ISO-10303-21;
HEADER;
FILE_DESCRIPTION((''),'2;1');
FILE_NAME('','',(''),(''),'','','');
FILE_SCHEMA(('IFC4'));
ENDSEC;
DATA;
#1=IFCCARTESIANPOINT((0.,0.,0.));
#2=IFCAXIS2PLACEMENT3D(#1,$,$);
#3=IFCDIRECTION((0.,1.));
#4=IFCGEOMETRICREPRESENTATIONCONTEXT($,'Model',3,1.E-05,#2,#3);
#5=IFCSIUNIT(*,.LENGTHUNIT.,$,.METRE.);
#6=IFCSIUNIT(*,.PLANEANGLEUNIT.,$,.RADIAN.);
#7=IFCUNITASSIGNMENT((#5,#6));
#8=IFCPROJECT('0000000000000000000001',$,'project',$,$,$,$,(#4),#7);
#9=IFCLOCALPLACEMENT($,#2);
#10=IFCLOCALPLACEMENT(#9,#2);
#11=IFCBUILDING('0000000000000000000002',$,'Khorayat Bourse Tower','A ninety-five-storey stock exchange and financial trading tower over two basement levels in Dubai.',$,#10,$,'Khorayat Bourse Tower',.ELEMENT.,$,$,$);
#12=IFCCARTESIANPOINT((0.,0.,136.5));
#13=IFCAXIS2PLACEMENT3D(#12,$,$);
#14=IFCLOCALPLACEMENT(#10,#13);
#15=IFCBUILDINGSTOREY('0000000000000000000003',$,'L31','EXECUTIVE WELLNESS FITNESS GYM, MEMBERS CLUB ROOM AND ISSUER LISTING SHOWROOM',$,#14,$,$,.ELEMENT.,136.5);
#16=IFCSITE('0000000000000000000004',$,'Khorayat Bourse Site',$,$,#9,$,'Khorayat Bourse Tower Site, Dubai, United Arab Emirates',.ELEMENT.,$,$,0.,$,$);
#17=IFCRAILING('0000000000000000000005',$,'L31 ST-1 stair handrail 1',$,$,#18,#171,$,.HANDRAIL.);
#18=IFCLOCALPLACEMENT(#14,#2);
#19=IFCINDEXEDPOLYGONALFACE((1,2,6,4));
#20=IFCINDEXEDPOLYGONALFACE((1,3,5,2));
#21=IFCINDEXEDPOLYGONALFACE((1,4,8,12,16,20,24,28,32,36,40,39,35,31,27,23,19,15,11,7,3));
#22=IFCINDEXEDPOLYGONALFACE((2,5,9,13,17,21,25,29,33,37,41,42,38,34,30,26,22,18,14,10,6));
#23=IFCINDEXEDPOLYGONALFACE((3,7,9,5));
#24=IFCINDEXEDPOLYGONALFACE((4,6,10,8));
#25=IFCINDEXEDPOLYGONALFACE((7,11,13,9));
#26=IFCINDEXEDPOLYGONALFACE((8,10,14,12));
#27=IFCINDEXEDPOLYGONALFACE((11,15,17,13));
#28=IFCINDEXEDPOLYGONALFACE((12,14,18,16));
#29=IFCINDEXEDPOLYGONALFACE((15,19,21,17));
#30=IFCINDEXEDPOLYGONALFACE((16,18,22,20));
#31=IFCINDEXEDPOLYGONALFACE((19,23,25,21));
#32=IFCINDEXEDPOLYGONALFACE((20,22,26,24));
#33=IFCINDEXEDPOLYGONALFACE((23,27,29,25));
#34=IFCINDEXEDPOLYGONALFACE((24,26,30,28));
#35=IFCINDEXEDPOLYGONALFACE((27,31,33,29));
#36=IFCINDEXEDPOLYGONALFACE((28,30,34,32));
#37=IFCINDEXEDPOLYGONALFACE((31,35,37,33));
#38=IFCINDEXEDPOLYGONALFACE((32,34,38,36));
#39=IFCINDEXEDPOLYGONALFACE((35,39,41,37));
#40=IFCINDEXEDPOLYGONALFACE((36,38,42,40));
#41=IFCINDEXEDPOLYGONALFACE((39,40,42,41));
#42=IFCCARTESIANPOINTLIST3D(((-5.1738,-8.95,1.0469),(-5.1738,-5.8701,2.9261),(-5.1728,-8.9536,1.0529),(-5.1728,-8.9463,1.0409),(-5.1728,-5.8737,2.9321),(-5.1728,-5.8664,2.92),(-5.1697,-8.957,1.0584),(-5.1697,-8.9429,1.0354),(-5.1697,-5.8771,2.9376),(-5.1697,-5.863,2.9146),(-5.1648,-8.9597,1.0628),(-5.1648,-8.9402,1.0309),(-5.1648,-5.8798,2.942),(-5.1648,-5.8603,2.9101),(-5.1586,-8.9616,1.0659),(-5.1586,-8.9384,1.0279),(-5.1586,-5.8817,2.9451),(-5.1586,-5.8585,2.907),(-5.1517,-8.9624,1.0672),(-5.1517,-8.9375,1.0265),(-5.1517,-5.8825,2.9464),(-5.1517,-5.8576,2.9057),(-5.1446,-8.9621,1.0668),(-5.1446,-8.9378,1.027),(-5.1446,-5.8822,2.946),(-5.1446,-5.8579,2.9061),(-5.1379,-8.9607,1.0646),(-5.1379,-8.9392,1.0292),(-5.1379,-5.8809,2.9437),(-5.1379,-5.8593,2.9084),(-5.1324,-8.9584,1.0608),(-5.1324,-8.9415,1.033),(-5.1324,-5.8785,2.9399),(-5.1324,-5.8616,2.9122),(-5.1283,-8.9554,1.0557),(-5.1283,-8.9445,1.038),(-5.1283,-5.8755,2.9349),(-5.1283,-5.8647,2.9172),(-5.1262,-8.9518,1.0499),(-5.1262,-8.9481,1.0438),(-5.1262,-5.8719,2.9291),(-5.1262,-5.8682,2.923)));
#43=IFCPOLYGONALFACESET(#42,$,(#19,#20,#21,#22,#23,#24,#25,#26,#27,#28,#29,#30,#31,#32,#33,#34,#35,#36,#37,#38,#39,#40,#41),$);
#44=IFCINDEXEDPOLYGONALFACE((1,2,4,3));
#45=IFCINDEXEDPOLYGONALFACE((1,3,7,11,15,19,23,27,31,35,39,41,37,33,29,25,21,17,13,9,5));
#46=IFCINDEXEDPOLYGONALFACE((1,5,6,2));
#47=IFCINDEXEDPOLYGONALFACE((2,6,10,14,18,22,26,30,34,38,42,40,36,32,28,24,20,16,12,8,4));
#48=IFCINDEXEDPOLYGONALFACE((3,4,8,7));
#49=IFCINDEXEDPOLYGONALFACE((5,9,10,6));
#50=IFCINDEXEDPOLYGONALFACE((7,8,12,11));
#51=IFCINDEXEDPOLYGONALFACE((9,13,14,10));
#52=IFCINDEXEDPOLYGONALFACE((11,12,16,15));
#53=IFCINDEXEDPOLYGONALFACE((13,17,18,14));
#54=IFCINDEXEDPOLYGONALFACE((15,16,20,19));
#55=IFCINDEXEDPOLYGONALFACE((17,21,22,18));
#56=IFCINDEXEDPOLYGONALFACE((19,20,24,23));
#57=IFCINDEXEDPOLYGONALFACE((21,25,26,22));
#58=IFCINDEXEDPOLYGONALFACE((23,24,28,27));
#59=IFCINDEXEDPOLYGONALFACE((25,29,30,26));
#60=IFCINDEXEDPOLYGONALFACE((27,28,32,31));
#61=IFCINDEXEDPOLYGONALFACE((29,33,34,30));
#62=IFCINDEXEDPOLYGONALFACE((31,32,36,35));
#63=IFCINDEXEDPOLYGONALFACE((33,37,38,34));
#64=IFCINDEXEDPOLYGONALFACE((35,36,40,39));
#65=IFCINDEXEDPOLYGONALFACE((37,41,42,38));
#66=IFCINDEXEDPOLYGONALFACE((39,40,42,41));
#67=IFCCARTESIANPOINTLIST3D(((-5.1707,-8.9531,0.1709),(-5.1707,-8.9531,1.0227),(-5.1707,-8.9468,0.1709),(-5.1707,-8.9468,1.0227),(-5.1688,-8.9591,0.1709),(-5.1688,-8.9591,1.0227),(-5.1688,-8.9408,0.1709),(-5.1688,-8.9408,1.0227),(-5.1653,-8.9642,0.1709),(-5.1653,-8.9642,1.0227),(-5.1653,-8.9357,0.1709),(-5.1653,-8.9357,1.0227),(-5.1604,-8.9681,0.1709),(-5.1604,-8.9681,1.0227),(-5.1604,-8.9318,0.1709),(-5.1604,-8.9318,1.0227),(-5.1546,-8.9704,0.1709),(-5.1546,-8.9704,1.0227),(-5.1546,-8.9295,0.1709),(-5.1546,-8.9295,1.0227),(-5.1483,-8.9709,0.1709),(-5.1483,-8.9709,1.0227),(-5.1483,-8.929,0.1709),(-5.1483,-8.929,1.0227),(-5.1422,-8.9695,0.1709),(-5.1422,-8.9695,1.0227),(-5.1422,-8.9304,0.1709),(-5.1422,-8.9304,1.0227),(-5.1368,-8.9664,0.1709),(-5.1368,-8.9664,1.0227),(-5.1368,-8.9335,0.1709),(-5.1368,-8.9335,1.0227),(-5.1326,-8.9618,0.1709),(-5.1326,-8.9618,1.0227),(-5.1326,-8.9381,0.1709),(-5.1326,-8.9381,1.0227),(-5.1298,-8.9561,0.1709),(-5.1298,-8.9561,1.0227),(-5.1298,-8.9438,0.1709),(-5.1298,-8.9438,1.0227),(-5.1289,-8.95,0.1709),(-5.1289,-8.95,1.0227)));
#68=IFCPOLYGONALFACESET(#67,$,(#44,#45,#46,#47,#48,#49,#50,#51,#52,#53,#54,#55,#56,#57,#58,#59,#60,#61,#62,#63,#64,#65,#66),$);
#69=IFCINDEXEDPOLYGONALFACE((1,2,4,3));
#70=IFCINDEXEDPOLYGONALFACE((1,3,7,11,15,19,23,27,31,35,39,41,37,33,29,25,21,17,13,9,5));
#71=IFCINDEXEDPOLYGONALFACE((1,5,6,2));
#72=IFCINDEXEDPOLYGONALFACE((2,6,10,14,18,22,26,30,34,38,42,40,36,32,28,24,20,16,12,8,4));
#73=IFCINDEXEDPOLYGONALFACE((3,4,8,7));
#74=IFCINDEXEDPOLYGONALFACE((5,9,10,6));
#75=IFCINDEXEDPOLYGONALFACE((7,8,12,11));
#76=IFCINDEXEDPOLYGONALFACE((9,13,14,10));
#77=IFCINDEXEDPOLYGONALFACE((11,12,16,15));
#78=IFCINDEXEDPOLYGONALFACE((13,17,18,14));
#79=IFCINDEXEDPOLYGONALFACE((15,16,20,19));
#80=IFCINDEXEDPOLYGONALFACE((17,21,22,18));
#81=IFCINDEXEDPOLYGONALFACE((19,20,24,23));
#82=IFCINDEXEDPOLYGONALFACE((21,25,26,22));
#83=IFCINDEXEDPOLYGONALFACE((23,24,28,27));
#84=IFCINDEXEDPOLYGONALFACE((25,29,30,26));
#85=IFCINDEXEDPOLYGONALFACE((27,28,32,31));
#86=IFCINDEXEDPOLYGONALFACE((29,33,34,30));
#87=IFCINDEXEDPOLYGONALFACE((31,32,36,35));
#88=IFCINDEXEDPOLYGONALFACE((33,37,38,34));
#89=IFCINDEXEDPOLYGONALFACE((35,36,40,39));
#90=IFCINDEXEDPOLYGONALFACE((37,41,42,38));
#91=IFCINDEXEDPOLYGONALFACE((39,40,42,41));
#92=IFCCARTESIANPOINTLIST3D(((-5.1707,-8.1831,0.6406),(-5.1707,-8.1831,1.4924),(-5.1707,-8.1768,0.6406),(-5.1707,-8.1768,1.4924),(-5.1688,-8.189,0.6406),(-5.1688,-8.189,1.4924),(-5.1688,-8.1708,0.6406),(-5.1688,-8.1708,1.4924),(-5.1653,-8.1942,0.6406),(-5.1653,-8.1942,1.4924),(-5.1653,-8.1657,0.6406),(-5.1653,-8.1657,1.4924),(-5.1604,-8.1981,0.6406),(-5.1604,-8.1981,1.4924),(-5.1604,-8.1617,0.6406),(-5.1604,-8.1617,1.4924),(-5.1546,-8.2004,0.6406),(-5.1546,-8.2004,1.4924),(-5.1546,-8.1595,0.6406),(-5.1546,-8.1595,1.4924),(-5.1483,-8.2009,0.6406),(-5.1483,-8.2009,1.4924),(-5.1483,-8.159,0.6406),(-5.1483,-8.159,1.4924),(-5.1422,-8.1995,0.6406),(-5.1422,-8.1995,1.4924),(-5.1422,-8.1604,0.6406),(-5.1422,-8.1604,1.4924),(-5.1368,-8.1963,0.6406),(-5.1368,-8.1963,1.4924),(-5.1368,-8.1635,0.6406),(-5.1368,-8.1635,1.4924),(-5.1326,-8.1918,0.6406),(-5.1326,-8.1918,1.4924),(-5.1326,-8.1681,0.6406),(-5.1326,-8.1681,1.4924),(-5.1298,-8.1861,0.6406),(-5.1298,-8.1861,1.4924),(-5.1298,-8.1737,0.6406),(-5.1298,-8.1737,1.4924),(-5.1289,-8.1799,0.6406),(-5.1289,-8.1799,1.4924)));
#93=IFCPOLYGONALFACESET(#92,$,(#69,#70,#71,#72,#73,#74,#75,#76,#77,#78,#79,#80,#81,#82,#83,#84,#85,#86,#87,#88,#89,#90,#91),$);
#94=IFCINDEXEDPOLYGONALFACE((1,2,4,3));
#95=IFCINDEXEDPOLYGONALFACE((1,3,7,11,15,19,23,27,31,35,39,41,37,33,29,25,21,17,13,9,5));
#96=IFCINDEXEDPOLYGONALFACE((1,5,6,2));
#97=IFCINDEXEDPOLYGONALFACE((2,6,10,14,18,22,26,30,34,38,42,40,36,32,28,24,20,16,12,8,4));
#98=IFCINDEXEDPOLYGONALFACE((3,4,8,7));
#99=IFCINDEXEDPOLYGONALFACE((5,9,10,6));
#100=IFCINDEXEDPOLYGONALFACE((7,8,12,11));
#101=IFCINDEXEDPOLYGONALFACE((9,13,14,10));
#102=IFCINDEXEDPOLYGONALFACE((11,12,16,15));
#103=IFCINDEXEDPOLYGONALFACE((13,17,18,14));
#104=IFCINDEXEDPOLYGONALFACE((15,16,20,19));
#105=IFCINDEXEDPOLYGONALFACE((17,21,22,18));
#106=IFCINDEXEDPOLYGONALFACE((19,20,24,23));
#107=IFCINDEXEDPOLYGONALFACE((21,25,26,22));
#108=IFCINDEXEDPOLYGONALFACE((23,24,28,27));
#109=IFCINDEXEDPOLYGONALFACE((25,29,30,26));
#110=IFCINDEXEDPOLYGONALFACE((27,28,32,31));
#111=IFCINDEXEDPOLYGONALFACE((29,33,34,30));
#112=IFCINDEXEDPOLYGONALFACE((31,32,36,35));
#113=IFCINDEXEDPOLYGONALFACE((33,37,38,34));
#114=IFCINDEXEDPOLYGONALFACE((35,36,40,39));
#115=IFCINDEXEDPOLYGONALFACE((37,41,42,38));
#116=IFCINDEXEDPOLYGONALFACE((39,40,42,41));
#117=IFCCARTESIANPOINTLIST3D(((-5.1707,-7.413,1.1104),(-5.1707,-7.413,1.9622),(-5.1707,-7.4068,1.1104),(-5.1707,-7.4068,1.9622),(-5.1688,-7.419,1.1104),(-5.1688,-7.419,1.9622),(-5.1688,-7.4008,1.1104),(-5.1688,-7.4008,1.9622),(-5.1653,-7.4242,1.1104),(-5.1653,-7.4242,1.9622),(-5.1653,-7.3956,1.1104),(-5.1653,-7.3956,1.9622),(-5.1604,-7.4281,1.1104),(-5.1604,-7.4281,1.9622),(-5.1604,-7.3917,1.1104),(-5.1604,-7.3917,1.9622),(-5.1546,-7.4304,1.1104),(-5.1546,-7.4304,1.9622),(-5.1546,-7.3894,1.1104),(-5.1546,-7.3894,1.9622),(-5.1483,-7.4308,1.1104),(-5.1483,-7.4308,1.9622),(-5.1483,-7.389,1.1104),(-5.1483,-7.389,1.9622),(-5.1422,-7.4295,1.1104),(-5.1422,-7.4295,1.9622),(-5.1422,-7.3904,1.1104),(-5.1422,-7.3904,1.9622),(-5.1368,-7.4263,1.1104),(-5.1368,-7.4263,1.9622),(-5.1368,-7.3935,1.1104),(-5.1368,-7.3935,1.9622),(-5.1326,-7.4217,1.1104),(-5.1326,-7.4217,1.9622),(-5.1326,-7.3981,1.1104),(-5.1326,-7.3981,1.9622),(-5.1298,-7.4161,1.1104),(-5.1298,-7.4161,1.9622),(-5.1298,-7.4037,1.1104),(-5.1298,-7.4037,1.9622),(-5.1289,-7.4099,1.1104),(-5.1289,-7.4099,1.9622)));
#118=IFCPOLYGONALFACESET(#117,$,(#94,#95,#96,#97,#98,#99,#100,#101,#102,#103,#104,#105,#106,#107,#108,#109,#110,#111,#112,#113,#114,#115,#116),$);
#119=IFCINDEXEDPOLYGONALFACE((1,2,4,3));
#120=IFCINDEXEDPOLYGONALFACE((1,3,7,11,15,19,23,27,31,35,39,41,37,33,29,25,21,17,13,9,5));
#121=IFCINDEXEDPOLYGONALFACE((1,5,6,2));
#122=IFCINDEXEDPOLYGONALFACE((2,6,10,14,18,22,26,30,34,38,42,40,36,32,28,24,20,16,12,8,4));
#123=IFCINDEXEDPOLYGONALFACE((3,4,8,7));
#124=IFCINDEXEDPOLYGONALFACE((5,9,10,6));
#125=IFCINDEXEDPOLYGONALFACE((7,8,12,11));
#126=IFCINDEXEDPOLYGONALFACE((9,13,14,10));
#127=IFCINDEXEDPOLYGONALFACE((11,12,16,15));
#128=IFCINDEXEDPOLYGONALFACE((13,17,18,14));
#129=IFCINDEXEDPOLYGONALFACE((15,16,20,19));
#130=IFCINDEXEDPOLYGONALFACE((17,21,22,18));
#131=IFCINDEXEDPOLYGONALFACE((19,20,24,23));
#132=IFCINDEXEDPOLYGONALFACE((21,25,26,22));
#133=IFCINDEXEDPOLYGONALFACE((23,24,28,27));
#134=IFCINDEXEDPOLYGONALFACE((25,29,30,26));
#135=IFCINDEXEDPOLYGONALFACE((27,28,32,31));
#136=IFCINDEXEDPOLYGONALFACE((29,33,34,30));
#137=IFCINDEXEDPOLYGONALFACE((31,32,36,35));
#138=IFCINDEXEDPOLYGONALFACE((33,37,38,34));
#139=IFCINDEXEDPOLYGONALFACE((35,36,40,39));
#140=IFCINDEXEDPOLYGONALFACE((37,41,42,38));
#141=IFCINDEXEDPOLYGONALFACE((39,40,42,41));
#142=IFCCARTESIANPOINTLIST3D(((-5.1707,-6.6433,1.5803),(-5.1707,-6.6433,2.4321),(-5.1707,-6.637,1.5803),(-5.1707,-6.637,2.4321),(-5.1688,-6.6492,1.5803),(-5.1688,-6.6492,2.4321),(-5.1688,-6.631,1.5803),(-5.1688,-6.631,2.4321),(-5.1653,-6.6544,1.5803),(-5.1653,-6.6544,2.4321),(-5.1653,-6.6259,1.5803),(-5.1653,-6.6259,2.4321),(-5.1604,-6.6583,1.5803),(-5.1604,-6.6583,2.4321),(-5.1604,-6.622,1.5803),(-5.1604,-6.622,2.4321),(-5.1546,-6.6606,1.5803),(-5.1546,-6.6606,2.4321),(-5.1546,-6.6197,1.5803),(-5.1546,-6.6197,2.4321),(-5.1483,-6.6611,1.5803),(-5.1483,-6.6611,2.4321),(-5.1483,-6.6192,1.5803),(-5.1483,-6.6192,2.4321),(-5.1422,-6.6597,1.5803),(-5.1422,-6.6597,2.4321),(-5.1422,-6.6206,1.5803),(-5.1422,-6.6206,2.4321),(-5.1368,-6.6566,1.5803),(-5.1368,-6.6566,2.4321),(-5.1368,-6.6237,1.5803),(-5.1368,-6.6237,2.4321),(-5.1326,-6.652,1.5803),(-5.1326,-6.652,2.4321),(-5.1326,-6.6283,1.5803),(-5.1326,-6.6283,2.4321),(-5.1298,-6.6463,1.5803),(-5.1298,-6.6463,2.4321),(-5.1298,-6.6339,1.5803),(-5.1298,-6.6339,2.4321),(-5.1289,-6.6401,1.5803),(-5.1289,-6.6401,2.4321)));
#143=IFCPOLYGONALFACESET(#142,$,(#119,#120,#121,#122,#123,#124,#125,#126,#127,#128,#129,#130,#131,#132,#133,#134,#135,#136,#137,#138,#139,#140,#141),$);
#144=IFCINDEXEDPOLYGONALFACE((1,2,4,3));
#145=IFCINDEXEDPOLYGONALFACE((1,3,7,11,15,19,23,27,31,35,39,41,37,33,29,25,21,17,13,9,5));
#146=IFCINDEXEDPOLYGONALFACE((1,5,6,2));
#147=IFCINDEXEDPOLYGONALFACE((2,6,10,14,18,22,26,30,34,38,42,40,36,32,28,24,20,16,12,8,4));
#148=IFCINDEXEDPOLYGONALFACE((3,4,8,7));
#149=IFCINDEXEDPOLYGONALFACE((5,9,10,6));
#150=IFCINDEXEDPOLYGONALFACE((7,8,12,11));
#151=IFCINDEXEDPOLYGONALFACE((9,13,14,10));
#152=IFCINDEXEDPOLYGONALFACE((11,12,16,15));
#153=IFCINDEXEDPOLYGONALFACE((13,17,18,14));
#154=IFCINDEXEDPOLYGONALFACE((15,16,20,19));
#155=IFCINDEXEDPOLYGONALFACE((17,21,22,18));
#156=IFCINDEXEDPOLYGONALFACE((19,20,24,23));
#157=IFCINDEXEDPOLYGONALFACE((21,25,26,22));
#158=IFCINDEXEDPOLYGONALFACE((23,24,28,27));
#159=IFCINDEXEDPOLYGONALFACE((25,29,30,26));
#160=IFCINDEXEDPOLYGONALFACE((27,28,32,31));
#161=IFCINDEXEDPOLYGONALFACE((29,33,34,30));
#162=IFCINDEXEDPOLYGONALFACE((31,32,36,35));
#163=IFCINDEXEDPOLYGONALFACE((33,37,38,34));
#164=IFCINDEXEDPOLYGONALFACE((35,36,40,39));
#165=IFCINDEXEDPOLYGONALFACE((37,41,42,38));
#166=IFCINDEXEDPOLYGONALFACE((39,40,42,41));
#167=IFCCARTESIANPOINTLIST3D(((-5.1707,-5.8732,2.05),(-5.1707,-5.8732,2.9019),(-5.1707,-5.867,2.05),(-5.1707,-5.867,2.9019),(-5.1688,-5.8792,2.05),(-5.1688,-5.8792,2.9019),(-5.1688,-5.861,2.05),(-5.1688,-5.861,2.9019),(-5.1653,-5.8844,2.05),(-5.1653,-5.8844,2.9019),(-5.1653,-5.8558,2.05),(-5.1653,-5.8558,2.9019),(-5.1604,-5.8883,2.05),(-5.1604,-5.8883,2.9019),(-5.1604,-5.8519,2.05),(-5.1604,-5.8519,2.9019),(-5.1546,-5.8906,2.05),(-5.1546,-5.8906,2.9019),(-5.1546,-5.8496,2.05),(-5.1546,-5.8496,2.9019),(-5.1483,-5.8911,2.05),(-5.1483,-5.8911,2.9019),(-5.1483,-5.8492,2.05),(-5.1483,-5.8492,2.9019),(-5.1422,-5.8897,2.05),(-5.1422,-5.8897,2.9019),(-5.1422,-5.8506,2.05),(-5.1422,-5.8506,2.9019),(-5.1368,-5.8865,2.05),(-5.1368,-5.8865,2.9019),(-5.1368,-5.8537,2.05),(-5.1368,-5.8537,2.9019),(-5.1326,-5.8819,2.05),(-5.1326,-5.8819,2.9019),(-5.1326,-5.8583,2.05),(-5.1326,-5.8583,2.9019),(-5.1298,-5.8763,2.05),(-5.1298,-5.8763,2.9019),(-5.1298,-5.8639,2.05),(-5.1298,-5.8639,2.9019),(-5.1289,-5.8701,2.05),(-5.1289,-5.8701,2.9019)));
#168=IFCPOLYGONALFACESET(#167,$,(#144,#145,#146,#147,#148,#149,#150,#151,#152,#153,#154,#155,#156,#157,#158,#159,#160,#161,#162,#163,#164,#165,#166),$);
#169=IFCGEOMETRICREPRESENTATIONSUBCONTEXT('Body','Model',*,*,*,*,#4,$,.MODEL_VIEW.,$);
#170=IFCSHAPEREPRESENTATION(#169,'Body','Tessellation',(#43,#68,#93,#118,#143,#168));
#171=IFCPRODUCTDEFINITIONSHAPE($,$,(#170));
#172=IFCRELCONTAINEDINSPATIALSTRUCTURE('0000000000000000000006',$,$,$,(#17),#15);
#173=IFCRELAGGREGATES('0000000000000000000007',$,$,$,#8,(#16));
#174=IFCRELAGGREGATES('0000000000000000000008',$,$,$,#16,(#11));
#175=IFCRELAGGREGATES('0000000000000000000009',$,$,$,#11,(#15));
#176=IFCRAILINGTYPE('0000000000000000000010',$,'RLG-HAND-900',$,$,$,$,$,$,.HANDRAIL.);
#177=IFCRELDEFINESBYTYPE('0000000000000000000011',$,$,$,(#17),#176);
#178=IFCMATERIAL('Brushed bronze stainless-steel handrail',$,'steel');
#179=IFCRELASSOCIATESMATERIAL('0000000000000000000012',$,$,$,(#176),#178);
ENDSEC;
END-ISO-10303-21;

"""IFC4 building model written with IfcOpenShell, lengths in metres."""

from ifc_helpers import new_model, si_unit, direction, frame, origin, origin_2d, place, context, subcontext, project, spatial, circle, extrude, source, transform, mapped, material, type_object, element, save


model = new_model("IFC4")

# Units and contexts
model_context = context("Model", 3, precision=1e-05, world=origin(), true_north=direction((0.0, 1.0)))
body_context = subcontext(model_context, "Body", "Model", "MODEL_VIEW")
ifc_project = project(units=[si_unit("LENGTHUNIT", "METRE"), si_unit("PLANEANGLEUNIT", "RADIAN")], contexts=[model_context])

# Site, building, storey
site_placement = place(None, origin())
site = spatial("IfcSite", under=ifc_project, at=site_placement, Name="Khorayat Bourse Site", LongName="Khorayat Bourse Tower Site, Dubai, United Arab Emirates", CompositionType="ELEMENT", RefElevation=0.0)
building_placement = place(site_placement, origin())
building = spatial("IfcBuilding", under=site, at=building_placement, Name="Khorayat Bourse Tower", Description="A ninety-five-storey stock exchange and financial trading tower over two basement levels in Dubai.", LongName="Khorayat Bourse Tower", CompositionType="ELEMENT")
storey_placement = place(building_placement, frame((0.0, 0.0, 136.5)))
storey = spatial("IfcBuildingStorey", under=building, at=storey_placement, Name="L31", Description="EXECUTIVE WELLNESS FITNESS GYM, MEMBERS CLUB ROOM AND ISSUER LISTING SHOWROOM", CompositionType="ELEMENT", Elevation=136.5)

# Railing
ifc_material_1 = material(Name="Brushed bronze stainless-steel handrail", Category="steel")
railing_type_1 = type_object("IfcRailingType", Name="RLG-HAND-900", PredefinedType="HANDRAIL", material=ifc_material_1)
shared_shape_1 = source(origin(), body_context, "Body", "SweptSolid", [
    extrude(circle(Radius=0.0239, at=origin_2d()), frame((0.0, 0.0, 0.876), z_axis=(0.0, 0.853648, 0.52085), x_axis=(-1.0, 0.0, 0.0)), (0.0, 0.0, 1.0), 3.6079),
    extrude(circle(Radius=0.021, at=origin_2d()), origin(), (0.0, 0.0, 1.0), 0.8518),
    extrude(circle(Radius=0.021, at=origin_2d()), frame((0.0, 0.77, 0.4697)), (0.0, 0.0, 1.0), 0.8518),
    extrude(circle(Radius=0.021, at=origin_2d()), frame((0.0, 1.54, 0.9395)), (0.0, 0.0, 1.0), 0.8518),
    extrude(circle(Radius=0.021, at=origin_2d()), frame((0.0, 2.3098, 1.4094)), (0.0, 0.0, 1.0), 0.8518),
    extrude(circle(Radius=0.021, at=origin_2d()), frame((0.0, 3.0798, 1.8792)), (0.0, 0.0, 1.0), 0.8518),
])
railing_1_placement = place(storey_placement, frame((-5.1499, -8.95, 0.1709)))
element("IfcRailing", 1, at=railing_1_placement, inside=storey, type_object=railing_type_1, Name="L31 ST-1 stair handrail 1", PredefinedType="HANDRAIL", context=body_context, shape_type="MappedRepresentation", body=[
    mapped(shared_shape_1, transform((0.0, 0.0, 0.0), scale=1.0)),
])

save(model, "model.ifc")
